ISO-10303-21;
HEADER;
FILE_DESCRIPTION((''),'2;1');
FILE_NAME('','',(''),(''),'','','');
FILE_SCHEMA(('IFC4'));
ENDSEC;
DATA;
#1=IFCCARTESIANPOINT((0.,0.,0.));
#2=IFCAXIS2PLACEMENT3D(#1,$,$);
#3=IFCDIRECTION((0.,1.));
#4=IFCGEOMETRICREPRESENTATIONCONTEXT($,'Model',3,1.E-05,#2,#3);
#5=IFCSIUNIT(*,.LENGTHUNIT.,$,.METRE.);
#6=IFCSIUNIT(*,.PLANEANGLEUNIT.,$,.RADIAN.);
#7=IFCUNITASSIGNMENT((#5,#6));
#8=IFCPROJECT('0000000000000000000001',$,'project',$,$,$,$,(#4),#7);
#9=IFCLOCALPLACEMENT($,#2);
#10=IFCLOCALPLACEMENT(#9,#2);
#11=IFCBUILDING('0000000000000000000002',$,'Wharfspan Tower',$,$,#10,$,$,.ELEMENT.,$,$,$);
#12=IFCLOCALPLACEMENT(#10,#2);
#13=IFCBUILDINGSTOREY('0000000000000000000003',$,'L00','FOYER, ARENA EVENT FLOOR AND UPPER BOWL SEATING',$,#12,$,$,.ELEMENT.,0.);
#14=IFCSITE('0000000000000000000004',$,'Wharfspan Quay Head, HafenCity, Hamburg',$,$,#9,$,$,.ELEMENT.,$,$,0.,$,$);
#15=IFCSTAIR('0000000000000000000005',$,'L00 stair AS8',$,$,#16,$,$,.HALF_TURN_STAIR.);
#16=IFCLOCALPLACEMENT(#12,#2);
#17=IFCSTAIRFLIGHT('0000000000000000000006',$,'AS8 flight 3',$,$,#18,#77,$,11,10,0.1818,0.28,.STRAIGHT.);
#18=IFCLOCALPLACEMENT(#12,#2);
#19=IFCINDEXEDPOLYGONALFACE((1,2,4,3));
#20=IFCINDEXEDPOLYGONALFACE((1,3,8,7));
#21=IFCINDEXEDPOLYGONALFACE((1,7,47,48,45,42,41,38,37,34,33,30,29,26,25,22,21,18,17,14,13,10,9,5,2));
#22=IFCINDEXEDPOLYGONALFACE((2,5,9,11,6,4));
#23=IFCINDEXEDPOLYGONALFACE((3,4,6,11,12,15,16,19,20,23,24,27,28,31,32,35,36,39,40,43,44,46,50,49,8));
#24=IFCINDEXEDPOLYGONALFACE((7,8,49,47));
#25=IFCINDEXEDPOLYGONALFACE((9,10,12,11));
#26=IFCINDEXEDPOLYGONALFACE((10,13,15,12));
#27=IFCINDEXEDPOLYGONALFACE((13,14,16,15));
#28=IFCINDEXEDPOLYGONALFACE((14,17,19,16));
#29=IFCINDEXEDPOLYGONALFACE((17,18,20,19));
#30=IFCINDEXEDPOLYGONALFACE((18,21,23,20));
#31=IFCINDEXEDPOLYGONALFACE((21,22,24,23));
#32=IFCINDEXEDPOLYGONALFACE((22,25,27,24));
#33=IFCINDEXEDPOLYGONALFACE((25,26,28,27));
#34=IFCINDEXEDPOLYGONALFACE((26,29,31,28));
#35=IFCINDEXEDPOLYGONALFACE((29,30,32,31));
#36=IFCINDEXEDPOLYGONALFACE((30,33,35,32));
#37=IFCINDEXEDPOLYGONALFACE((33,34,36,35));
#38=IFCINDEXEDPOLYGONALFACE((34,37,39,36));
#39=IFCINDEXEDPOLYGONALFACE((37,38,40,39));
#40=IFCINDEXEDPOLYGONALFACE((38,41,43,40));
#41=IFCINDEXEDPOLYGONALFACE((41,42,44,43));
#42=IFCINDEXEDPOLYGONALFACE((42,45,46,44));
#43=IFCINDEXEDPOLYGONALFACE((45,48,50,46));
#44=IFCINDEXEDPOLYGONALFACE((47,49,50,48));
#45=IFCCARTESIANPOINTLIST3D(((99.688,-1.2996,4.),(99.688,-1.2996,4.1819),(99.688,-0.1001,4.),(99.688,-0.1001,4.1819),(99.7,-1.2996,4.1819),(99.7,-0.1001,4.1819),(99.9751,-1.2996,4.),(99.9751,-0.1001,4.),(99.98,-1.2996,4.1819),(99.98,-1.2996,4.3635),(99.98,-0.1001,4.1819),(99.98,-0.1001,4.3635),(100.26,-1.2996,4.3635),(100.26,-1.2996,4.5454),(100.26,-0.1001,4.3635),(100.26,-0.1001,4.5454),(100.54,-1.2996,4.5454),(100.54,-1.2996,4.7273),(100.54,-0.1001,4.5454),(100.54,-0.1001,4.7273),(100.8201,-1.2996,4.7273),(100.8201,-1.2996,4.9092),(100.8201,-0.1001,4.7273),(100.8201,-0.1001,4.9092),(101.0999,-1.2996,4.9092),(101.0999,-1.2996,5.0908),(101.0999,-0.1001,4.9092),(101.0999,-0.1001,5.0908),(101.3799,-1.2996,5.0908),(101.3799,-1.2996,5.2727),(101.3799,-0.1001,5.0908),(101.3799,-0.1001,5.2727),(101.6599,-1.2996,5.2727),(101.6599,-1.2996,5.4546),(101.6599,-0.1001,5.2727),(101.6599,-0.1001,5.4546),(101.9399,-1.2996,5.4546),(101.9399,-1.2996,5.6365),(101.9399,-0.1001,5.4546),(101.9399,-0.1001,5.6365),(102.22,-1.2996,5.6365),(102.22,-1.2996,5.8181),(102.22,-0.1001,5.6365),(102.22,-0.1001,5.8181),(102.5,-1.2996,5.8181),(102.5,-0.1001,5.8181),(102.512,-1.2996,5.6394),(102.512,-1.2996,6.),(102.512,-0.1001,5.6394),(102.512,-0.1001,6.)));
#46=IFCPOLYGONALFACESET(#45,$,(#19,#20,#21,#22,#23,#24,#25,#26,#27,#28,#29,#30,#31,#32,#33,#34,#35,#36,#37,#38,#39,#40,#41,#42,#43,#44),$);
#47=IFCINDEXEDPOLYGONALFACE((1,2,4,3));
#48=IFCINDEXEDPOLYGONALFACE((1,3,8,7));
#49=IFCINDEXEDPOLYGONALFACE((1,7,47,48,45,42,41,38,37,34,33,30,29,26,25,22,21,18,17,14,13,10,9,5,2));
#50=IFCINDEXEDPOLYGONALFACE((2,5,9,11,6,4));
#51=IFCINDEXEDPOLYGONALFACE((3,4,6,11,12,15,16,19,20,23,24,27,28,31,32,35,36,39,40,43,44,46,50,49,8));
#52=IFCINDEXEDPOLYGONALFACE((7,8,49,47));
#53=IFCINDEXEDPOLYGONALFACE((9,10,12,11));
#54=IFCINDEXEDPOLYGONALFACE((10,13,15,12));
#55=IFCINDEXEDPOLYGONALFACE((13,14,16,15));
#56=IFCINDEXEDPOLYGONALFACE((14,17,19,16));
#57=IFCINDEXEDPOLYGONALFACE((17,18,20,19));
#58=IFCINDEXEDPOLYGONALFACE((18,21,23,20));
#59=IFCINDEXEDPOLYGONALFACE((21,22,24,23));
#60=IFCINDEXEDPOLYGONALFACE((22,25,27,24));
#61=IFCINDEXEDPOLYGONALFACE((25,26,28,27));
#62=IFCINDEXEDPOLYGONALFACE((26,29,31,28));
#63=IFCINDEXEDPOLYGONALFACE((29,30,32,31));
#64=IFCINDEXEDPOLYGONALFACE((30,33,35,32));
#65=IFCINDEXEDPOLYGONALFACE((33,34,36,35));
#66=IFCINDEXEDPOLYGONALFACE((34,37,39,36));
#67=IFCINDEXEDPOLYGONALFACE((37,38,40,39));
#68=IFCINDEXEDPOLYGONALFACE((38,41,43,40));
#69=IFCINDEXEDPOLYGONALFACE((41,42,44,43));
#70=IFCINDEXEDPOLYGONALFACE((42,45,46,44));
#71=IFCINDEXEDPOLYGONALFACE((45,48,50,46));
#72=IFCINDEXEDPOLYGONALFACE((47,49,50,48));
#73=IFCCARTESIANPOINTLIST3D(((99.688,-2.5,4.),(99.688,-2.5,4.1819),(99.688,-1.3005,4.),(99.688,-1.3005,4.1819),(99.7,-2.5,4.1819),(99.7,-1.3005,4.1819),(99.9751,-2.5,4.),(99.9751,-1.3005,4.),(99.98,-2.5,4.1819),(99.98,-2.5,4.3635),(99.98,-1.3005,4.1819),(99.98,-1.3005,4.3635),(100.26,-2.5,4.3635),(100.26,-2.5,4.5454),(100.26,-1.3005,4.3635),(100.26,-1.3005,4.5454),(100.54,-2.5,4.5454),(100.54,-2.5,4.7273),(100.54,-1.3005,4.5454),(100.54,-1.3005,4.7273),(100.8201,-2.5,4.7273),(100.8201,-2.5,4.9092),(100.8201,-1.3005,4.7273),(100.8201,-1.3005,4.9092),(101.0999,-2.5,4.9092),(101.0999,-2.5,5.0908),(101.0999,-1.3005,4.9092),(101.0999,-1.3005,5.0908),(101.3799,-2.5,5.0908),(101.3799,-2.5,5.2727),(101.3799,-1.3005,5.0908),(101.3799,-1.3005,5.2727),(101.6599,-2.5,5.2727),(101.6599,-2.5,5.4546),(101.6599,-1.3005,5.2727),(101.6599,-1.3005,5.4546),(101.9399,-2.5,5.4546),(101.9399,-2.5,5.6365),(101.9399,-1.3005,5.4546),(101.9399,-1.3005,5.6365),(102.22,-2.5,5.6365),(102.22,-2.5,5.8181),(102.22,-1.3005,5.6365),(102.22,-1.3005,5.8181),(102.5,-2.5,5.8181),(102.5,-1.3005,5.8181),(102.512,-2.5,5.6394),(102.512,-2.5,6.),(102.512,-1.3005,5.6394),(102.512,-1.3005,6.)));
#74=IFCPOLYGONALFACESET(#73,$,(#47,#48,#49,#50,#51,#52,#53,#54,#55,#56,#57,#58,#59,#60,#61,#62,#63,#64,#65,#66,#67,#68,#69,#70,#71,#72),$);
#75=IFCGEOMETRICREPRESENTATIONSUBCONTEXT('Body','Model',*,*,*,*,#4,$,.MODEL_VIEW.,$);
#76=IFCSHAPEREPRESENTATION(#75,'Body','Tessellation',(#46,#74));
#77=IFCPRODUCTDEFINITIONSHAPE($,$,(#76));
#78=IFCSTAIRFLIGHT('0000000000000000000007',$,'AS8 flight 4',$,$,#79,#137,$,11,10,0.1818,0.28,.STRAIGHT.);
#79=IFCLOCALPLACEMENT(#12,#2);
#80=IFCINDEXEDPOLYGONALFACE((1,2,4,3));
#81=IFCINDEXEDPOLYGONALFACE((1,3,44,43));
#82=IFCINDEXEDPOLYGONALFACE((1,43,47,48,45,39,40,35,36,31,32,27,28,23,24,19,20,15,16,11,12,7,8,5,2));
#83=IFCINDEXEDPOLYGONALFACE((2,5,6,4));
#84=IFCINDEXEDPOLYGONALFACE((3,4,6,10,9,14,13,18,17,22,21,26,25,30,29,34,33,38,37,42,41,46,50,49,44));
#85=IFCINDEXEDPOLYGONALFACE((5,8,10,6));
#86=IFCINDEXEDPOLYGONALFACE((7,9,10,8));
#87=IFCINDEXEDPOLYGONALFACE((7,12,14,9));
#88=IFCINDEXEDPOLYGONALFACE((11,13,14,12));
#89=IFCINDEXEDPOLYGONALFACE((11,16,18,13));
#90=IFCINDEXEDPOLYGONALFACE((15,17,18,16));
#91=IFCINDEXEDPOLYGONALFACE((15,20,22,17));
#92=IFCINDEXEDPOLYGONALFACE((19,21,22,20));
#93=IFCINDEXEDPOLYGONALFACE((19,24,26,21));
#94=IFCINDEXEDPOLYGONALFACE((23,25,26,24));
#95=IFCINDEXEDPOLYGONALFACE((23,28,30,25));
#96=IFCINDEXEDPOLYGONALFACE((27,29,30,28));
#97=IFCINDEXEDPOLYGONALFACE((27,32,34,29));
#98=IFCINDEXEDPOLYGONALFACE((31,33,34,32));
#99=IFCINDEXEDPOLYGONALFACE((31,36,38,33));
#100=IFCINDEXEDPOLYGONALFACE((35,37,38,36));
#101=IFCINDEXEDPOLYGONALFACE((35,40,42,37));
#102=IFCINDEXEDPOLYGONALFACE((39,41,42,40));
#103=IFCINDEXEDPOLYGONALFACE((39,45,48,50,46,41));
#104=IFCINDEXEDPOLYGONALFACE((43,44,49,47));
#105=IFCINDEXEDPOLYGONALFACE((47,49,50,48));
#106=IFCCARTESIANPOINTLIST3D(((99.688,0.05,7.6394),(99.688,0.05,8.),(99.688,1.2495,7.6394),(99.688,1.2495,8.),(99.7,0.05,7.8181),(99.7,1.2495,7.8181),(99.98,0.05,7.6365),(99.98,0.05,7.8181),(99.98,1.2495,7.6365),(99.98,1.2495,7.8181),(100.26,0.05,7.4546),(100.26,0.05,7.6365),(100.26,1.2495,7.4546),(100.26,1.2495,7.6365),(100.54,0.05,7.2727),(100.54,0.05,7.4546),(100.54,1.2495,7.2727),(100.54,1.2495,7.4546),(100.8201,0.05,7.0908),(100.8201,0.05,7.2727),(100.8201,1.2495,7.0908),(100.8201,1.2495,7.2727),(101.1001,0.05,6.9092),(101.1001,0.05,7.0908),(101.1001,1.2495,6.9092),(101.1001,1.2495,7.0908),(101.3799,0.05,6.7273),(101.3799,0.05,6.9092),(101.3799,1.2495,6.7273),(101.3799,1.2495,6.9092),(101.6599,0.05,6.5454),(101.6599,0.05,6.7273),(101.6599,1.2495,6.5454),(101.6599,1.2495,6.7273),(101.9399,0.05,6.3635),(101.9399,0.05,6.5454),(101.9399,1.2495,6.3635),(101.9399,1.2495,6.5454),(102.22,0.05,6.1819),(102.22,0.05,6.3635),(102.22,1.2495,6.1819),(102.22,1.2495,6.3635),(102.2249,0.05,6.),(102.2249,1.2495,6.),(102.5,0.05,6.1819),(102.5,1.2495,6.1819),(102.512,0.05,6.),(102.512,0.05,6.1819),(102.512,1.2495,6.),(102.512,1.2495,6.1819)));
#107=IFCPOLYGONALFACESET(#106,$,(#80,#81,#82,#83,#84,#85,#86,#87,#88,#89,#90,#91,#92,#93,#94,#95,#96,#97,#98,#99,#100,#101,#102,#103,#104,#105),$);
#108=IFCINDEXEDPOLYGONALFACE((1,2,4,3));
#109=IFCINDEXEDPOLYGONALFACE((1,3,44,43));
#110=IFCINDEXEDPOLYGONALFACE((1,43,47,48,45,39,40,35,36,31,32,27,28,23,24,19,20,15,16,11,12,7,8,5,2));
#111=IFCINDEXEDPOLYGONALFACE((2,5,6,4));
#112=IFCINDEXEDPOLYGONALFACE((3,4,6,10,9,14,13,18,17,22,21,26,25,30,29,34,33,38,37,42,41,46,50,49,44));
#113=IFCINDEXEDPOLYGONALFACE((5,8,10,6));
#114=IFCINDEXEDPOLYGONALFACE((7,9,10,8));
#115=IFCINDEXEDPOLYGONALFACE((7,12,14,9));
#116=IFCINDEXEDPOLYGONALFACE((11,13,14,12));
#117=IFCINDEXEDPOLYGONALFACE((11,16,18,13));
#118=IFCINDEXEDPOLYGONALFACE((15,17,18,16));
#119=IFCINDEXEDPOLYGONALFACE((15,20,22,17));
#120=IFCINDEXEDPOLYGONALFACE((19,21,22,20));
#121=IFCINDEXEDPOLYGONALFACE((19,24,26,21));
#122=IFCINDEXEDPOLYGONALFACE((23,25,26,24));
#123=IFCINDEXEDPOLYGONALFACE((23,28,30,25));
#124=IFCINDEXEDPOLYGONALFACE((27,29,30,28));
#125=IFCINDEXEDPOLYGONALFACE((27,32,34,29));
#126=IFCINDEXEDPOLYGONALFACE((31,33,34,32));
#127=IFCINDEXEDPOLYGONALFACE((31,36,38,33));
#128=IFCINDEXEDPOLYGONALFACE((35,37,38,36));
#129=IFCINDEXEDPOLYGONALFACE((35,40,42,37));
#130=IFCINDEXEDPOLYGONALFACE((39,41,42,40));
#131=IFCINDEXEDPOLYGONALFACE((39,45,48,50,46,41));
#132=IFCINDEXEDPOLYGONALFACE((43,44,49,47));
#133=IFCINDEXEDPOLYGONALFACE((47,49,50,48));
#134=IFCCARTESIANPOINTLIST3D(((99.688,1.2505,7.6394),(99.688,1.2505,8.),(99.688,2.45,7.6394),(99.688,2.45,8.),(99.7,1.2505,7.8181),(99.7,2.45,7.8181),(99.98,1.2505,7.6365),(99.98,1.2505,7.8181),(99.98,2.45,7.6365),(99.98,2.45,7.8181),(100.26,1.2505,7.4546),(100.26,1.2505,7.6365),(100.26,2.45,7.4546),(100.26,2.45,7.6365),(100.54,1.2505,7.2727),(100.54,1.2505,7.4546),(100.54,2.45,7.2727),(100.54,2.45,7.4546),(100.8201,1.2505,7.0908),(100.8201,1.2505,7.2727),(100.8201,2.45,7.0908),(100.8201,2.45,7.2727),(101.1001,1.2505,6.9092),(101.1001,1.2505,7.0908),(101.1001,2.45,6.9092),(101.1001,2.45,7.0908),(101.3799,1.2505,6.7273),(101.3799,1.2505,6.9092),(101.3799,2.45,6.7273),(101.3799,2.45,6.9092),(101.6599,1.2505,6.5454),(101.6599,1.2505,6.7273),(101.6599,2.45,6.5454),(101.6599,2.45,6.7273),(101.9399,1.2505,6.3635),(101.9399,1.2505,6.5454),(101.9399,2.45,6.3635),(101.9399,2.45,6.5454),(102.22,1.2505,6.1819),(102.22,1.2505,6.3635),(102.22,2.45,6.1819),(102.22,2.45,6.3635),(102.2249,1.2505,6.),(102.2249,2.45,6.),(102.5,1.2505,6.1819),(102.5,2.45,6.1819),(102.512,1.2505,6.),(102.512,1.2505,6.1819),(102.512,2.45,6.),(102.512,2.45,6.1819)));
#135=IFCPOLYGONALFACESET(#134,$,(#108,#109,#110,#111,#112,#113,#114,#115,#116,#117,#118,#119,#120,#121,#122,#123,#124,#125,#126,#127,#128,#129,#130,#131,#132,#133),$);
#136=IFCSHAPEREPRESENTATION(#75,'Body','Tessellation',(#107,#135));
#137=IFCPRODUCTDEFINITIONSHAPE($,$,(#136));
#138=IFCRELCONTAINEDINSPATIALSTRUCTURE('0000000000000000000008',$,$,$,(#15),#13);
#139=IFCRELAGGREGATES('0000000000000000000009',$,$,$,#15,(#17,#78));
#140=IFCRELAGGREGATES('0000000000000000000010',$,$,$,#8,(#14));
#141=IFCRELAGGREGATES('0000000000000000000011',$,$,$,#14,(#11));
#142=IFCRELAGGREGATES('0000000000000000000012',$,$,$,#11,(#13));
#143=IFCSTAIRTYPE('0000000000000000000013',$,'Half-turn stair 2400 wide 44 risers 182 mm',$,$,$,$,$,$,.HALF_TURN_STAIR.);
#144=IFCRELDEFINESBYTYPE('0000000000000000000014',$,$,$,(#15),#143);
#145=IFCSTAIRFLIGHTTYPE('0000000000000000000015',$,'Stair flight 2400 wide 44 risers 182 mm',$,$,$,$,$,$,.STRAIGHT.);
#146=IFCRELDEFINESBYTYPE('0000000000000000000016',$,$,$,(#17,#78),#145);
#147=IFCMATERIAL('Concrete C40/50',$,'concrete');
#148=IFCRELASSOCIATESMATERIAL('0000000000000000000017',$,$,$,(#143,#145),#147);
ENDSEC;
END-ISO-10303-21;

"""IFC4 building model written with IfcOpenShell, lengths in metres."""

from ifc_helpers import new_model, si_unit, direction, frame, origin, place, context, subcontext, project, spatial, polyline, outline, extrude, material, type_object, element, aggregate, save


model = new_model("IFC4")

# Units and contexts
model_context = context("Model", 3, precision=1e-05, world=origin(), true_north=direction((0.0, 1.0)))
body_context = subcontext(model_context, "Body", "Model", "MODEL_VIEW")
ifc_project = project(units=[si_unit("LENGTHUNIT", "METRE"), si_unit("PLANEANGLEUNIT", "RADIAN")], contexts=[model_context])

# Site, building, storey
site_placement = place(None, origin())
site = spatial("IfcSite", under=ifc_project, at=site_placement, Name="Wharfspan Quay Head, HafenCity, Hamburg", CompositionType="ELEMENT", RefElevation=0.0)
building_placement = place(site_placement, origin())
building = spatial("IfcBuilding", under=site, at=building_placement, Name="Wharfspan Tower", CompositionType="ELEMENT")
storey_placement = place(building_placement, origin())
storey = spatial("IfcBuildingStorey", under=building, at=storey_placement, Name="L00", Description="FOYER, ARENA EVENT FLOOR AND UPPER BOWL SEATING", CompositionType="ELEMENT", Elevation=0.0)

# Shared definitions
ifc_material_1 = material(Name="Concrete C40/50", Category="concrete")

# Stair, stair flights
stair_type = type_object("IfcStairType", Name="Half-turn stair 2400 wide 44 risers 182 mm", PredefinedType="HALF_TURN_STAIR", material=ifc_material_1)
stair_placement = place(storey_placement, origin())
stair = element("IfcStair", 1, at=stair_placement, inside=storey, type_object=stair_type, Name="L00 stair AS8", PredefinedType="HALF_TURN_STAIR")
stair_flight_type = type_object("IfcStairFlightType", Name="Stair flight 2400 wide 44 risers 182 mm", PredefinedType="STRAIGHT", material=ifc_material_1)
stair_flight_1_placement = place(storey_placement, frame((99.7, -1.3, 4.0), z_axis=(0.0, 0.0, 1.0), x_axis=(1.0, 0.0, 0.0)))
stair_flight_1 = element("IfcStairFlight", 2, at=stair_flight_1_placement, type_object=stair_flight_type, Name="AS8 flight 3", NumberOfRisers=11, NumberOfTreads=10, PredefinedType="STRAIGHT", RiserHeight=0.1818, TreadLength=0.28, context=body_context, shape_type="SweptSolid", body=[
    extrude(outline(polyline([(-0.012, 0.0), (-0.012, 0.1819), (0.0, 0.1819), (0.28, 0.1819), (0.28, 0.3635), (0.5601, 0.3635), (0.5601, 0.5454), (0.8401, 0.5454), (0.8401, 0.7273), (1.1201, 0.7273), (1.1201, 0.9092), (1.3999, 0.9092), (1.3999, 1.0908), (1.6799, 1.0908), (1.6799, 1.2727), (1.96, 1.2727), (1.96, 1.4546), (2.24, 1.4546), (2.24, 1.6365), (2.52, 1.6365), (2.52, 1.8181), (2.8, 1.8181), (2.812, 2.0), (2.812, 1.6394), (0.2751, 0.0), (-0.012, 0.0)])), frame((0.0, 1.2, 0.0), z_axis=(0.0, -1.0, 0.0), x_axis=(1.0, 0.0, 0.0)), (0.0, 0.0, 1.0), 1.1995),
    extrude(outline(polyline([(-0.012, 0.0), (-0.012, 0.1819), (0.0, 0.1819), (0.28, 0.1819), (0.28, 0.3635), (0.5601, 0.3635), (0.5601, 0.5454), (0.8401, 0.5454), (0.8401, 0.7273), (1.1201, 0.7273), (1.1201, 0.9092), (1.3999, 0.9092), (1.3999, 1.0908), (1.6799, 1.0908), (1.6799, 1.2727), (1.96, 1.2727), (1.96, 1.4546), (2.24, 1.4546), (2.24, 1.6365), (2.52, 1.6365), (2.52, 1.8181), (2.8, 1.8181), (2.812, 2.0), (2.812, 1.6394), (0.2751, 0.0), (-0.012, 0.0)])), frame((0.0, -0.0005, 0.0), z_axis=(0.0, -1.0, 0.0), x_axis=(1.0, 0.0, 0.0)), (0.0, 0.0, 1.0), 1.1995),
])
stair_flight_2_placement = place(storey_placement, frame((102.5, 1.25, 6.0), z_axis=(0.0, 0.0, 1.0), x_axis=(-1.0, 0.0, 0.0)))
stair_flight_2 = element("IfcStairFlight", 3, at=stair_flight_2_placement, type_object=stair_flight_type, Name="AS8 flight 4", NumberOfRisers=11, NumberOfTreads=10, PredefinedType="STRAIGHT", RiserHeight=0.1818, TreadLength=0.28, context=body_context, shape_type="SweptSolid", body=[
    extrude(outline(polyline([(-0.012, 0.0), (-0.012, 0.1819), (0.0, 0.1819), (0.28, 0.1819), (0.28, 0.3635), (0.5601, 0.3635), (0.5601, 0.5454), (0.8401, 0.5454), (0.8401, 0.7273), (1.1201, 0.7273), (1.1201, 0.9092), (1.3999, 0.9092), (1.3999, 1.0908), (1.6799, 1.0908), (1.6799, 1.2727), (1.96, 1.2727), (1.96, 1.4546), (2.24, 1.4546), (2.24, 1.6365), (2.52, 1.6365), (2.52, 1.8181), (2.8, 1.8181), (2.812, 2.0), (2.812, 1.6394), (0.2751, 0.0), (-0.012, 0.0)])), frame((0.0, 1.2, 0.0), z_axis=(0.0, -1.0, 0.0), x_axis=(1.0, 0.0, 0.0)), (0.0, 0.0, 1.0), 1.1995),
    extrude(outline(polyline([(-0.012, 0.0), (-0.012, 0.1819), (0.0, 0.1819), (0.28, 0.1819), (0.28, 0.3635), (0.5601, 0.3635), (0.5601, 0.5454), (0.8401, 0.5454), (0.8401, 0.7273), (1.1201, 0.7273), (1.1201, 0.9092), (1.3999, 0.9092), (1.3999, 1.0908), (1.6799, 1.0908), (1.6799, 1.2727), (1.96, 1.2727), (1.96, 1.4546), (2.24, 1.4546), (2.24, 1.6365), (2.52, 1.6365), (2.52, 1.8181), (2.8, 1.8181), (2.812, 2.0), (2.812, 1.6394), (0.2751, 0.0), (-0.012, 0.0)])), frame((0.0, -0.0005, 0.0), z_axis=(0.0, -1.0, 0.0), x_axis=(1.0, 0.0, 0.0)), (0.0, 0.0, 1.0), 1.1995),
])
aggregate(stair, [stair_flight_1, stair_flight_2])

save(model, "model.ifc")
